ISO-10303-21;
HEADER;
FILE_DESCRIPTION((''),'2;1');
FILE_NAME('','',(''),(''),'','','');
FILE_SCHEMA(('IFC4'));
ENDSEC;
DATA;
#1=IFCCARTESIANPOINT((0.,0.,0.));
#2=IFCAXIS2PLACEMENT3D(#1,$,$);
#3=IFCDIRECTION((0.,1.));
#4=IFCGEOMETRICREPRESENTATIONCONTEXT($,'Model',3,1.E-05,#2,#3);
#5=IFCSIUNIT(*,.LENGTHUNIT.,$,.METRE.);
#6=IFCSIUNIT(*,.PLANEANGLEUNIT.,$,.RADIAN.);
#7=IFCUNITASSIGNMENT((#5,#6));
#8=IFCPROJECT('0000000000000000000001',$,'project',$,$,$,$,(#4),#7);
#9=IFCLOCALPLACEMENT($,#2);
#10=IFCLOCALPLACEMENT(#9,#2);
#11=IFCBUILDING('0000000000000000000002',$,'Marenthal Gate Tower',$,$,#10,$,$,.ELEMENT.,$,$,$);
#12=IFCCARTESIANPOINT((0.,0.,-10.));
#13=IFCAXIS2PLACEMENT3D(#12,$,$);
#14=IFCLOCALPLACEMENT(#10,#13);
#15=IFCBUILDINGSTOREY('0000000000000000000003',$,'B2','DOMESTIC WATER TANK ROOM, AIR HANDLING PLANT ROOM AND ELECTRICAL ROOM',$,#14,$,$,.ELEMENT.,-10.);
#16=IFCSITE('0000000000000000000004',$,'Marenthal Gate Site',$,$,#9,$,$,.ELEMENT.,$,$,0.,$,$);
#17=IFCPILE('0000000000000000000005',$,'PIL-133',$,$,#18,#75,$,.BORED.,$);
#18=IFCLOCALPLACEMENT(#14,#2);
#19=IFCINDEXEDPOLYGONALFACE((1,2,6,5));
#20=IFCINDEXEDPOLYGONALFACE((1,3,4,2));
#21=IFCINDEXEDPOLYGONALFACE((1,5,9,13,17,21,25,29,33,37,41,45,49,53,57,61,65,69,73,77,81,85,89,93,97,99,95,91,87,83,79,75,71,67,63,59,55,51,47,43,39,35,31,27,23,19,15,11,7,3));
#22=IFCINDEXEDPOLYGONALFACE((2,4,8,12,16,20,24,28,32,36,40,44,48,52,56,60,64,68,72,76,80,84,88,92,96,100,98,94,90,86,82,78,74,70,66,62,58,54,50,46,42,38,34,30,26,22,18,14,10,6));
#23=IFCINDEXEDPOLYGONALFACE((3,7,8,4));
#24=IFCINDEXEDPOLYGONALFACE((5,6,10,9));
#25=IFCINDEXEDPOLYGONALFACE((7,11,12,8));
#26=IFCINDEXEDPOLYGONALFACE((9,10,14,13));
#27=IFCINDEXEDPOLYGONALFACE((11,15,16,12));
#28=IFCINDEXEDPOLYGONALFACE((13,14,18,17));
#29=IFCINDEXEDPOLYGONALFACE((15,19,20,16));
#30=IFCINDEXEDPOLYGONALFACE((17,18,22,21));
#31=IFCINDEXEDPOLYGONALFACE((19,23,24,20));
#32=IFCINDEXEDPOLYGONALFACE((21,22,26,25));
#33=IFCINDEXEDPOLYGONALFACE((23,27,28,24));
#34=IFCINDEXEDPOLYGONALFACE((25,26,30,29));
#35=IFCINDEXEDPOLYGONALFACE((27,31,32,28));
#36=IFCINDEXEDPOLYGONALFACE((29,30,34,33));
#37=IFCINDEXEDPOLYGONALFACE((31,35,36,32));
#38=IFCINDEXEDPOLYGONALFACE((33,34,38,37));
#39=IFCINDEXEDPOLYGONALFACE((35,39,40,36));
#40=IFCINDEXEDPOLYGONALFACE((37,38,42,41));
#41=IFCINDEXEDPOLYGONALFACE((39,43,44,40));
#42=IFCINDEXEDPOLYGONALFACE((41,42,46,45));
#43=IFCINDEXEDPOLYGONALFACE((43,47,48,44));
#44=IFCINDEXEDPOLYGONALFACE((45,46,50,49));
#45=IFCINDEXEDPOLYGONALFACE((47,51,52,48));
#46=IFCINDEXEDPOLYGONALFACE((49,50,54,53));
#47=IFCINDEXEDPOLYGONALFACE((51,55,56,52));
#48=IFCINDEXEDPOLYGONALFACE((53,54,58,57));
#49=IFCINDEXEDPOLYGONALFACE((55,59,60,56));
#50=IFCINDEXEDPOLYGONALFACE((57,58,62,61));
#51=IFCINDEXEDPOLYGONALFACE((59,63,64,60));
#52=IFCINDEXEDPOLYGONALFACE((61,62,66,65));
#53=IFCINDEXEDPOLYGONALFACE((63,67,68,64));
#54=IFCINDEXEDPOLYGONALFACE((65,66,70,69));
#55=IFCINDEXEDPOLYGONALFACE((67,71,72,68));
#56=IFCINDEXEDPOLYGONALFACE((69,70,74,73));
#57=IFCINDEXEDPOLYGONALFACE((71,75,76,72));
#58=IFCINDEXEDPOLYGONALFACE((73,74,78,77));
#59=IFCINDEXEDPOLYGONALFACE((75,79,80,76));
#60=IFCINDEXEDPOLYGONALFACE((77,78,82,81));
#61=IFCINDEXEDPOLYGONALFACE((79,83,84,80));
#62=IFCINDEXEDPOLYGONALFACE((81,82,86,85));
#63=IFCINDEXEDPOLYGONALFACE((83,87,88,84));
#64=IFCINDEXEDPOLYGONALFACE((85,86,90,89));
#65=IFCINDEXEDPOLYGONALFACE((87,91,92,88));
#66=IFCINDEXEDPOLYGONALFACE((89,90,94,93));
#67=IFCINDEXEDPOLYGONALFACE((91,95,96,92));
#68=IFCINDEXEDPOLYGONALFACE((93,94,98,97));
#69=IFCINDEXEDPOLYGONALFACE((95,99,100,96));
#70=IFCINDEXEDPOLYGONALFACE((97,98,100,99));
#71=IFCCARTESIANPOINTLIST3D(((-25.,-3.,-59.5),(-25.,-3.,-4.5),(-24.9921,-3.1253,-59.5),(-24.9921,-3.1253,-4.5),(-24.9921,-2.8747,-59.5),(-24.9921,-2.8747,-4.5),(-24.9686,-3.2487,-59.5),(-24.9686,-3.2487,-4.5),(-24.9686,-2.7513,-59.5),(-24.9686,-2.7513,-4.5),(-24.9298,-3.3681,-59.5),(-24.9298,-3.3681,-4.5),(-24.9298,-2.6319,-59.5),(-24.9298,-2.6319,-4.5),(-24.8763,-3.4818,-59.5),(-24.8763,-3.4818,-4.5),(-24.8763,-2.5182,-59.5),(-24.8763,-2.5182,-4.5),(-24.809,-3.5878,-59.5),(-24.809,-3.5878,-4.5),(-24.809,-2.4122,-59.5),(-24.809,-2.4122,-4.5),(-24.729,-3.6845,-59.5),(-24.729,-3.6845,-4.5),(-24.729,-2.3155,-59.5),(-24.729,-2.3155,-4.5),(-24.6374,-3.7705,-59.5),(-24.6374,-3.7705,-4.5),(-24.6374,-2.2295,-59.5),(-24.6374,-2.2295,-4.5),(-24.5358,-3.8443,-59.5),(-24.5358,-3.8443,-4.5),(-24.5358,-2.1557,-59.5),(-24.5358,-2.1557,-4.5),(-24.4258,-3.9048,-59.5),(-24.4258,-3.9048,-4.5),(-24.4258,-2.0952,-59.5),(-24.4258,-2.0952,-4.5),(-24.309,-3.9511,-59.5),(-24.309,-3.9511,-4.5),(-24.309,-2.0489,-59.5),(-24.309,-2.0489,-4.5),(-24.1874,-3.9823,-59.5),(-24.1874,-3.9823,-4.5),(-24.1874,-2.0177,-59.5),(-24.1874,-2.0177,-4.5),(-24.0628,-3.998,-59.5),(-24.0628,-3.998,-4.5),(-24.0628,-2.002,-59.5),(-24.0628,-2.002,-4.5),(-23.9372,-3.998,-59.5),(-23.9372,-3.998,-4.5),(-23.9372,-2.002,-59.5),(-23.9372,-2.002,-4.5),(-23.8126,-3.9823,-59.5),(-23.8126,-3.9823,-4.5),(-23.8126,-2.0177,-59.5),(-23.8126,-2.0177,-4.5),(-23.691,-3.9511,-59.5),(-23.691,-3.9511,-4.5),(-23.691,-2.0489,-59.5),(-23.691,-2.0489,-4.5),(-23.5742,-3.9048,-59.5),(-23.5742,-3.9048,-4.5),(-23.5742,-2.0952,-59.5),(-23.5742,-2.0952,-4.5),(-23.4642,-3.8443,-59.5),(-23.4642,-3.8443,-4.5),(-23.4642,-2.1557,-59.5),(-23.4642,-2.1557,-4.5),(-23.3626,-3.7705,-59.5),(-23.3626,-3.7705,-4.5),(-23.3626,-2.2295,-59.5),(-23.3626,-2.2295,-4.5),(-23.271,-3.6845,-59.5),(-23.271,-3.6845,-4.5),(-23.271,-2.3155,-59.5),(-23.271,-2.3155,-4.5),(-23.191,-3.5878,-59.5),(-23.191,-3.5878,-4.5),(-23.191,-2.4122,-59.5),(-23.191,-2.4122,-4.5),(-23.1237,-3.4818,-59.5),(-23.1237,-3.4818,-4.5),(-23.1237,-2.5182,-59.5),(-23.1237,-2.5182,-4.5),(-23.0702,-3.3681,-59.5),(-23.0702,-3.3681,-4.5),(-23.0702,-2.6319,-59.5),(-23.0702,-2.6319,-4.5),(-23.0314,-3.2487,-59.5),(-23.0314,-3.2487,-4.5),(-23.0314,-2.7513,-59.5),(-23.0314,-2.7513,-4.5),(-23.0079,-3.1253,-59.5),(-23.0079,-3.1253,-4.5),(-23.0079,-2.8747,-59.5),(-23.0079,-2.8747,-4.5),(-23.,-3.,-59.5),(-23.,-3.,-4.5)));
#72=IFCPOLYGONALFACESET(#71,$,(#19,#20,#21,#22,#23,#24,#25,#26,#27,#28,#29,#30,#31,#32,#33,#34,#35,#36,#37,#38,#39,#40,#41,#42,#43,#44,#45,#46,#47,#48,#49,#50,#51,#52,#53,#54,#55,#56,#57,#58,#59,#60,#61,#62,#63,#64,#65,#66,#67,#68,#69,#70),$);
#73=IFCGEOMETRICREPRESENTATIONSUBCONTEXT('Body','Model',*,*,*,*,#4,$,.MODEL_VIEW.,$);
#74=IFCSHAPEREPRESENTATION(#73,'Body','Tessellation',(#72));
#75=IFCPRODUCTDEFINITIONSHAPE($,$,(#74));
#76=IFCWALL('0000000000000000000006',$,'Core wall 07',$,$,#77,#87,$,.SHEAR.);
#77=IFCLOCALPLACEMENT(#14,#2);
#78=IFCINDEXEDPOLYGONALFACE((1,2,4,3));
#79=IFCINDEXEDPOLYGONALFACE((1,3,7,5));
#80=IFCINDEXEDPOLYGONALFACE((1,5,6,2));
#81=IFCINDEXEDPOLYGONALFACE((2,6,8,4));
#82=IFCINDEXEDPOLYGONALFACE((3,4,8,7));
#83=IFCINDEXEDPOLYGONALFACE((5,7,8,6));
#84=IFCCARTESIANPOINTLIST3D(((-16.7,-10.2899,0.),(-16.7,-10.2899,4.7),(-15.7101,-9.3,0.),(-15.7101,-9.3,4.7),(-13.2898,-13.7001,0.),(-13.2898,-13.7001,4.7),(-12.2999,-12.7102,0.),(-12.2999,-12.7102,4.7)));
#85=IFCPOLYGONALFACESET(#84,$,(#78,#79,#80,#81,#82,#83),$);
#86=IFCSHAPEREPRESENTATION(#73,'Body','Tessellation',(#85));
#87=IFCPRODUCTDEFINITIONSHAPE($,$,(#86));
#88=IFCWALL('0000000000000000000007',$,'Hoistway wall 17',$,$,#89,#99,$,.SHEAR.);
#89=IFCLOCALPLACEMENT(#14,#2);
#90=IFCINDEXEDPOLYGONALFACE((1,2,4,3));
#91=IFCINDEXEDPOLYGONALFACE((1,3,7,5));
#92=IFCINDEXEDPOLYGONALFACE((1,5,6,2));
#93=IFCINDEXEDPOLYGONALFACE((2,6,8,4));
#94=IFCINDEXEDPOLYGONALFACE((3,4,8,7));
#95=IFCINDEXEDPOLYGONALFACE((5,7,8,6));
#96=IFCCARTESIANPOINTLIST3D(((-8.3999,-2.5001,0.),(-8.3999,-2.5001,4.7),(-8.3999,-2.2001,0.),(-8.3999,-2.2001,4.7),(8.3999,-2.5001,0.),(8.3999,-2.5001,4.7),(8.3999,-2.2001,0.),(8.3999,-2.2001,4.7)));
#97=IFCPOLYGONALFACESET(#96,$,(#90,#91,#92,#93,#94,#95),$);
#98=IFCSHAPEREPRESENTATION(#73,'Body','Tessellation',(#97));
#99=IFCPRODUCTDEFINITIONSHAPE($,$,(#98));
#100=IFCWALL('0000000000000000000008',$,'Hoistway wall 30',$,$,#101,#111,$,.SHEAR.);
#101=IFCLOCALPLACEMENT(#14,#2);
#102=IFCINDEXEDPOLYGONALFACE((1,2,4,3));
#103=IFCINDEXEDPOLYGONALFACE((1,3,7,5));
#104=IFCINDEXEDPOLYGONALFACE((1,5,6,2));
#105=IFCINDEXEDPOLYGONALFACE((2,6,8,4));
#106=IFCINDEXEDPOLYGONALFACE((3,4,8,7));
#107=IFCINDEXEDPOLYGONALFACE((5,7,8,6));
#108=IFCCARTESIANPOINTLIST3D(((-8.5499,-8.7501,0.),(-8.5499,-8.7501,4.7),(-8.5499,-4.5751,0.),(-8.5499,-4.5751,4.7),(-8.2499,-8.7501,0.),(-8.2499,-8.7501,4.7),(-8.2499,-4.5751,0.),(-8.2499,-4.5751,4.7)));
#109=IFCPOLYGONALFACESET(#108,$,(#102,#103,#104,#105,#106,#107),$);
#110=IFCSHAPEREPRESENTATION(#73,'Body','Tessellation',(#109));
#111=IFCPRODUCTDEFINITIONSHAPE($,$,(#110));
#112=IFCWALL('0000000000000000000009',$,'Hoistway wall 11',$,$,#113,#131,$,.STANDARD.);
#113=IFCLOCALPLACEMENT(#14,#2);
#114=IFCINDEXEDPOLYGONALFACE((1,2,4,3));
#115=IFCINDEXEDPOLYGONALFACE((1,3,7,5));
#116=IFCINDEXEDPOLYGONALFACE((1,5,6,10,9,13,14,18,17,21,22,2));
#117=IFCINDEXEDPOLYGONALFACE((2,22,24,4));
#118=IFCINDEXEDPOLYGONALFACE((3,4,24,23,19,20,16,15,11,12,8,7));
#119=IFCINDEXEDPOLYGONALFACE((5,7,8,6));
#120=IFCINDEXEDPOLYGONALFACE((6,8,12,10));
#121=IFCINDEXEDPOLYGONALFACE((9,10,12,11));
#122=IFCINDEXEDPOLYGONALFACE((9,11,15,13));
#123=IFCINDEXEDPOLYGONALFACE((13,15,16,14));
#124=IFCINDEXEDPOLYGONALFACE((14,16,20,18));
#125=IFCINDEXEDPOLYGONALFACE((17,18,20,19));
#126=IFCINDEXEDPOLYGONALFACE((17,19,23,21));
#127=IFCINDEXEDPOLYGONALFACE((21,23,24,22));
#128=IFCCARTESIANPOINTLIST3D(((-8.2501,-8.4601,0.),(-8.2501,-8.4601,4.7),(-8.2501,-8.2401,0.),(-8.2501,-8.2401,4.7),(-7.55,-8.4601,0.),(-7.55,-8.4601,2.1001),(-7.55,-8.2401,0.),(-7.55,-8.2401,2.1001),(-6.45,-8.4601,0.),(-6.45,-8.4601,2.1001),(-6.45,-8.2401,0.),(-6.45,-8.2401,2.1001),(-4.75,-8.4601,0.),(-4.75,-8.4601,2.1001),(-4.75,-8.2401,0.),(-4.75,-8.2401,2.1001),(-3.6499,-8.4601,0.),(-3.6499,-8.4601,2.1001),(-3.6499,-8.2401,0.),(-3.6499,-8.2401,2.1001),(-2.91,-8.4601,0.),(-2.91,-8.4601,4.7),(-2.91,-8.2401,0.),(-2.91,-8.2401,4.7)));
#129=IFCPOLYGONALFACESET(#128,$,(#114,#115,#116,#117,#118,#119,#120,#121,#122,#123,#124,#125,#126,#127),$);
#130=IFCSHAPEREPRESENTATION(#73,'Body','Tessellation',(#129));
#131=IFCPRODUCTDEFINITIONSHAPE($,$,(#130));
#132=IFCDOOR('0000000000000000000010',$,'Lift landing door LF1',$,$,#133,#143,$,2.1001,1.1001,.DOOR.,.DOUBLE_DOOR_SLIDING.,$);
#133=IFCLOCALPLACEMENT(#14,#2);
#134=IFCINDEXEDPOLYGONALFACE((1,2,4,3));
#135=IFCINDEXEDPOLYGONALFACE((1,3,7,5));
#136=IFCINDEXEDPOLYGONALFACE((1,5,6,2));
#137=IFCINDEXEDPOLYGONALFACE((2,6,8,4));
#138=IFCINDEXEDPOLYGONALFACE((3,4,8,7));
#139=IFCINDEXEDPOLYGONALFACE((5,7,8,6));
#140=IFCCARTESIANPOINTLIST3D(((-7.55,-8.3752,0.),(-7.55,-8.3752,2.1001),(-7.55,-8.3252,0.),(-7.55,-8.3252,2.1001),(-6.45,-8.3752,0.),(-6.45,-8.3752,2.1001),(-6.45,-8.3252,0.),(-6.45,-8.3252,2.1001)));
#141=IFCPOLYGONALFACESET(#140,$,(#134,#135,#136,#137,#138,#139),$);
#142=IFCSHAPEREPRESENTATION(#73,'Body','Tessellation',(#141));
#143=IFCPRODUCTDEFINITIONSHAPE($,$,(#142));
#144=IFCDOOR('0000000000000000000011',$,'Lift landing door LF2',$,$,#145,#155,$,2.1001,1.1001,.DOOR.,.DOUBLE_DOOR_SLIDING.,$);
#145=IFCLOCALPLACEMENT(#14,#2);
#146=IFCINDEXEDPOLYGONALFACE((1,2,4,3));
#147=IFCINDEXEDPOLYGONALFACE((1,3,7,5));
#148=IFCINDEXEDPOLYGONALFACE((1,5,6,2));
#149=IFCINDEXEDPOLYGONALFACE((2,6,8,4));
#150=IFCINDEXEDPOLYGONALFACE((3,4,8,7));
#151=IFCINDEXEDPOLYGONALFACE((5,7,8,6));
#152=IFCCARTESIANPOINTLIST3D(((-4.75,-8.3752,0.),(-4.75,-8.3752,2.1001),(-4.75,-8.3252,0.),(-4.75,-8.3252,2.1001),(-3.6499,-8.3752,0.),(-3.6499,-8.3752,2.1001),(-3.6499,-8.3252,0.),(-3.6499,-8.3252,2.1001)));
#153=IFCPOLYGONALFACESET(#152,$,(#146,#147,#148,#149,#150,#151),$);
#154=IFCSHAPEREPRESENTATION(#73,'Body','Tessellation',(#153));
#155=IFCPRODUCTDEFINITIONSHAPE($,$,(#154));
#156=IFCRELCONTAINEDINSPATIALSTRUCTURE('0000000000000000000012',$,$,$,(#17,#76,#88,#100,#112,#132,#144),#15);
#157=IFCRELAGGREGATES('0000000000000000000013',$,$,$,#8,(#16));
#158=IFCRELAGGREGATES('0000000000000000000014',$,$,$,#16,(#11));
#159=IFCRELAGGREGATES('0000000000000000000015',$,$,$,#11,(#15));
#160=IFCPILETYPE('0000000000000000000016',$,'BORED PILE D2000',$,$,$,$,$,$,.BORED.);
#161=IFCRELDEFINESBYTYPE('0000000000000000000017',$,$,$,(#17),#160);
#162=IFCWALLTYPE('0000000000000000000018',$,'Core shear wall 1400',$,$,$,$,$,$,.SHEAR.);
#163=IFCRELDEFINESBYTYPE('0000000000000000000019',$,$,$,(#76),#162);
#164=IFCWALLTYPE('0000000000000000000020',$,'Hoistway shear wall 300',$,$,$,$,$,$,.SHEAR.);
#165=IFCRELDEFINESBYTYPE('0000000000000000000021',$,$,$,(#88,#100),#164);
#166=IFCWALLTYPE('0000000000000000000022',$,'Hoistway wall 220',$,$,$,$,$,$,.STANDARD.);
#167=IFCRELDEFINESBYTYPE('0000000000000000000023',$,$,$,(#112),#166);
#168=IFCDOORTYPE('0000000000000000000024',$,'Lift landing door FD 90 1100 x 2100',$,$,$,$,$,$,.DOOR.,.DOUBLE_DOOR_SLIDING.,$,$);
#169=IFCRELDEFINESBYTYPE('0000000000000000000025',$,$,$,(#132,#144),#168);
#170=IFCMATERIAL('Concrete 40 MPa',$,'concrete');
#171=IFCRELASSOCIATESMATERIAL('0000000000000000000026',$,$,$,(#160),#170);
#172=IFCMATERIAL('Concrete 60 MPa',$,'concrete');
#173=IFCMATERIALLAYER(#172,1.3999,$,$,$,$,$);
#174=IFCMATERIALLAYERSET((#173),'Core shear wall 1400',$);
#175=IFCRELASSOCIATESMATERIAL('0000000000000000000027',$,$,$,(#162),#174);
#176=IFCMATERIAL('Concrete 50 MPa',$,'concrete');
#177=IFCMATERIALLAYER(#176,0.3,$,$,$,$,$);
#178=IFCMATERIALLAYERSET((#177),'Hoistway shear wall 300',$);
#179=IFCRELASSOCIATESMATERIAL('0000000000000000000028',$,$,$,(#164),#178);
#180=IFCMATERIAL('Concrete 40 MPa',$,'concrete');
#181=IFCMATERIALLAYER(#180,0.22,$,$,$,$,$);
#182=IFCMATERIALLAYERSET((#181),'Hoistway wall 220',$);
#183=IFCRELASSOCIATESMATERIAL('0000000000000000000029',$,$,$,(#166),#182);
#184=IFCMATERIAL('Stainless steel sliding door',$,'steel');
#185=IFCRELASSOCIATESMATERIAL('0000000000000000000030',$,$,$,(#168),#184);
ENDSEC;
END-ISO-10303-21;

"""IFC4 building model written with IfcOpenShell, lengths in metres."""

from ifc_helpers import new_model, si_unit, direction, frame, frame_2d, origin, origin_2d, place, context, subcontext, project, spatial, rectangle, circle, extrude, material, layer, layer_set, type_object, element, fill, save


model = new_model("IFC4")

# Units and contexts
model_context = context("Model", 3, precision=1e-05, world=origin(), true_north=direction((0.0, 1.0)))
body_context = subcontext(model_context, "Body", "Model", "MODEL_VIEW")
ifc_project = project(units=[si_unit("LENGTHUNIT", "METRE"), si_unit("PLANEANGLEUNIT", "RADIAN")], contexts=[model_context])

# Site, building, storey
site_placement = place(None, origin())
site = spatial("IfcSite", under=ifc_project, at=site_placement, Name="Marenthal Gate Site", CompositionType="ELEMENT", RefElevation=0.0)
building_placement = place(site_placement, origin())
building = spatial("IfcBuilding", under=site, at=building_placement, Name="Marenthal Gate Tower", CompositionType="ELEMENT")
storey_placement = place(building_placement, frame((0.0, 0.0, -10.0)))
storey = spatial("IfcBuildingStorey", under=building, at=storey_placement, Name="B2", Description="DOMESTIC WATER TANK ROOM, AIR HANDLING PLANT ROOM AND ELECTRICAL ROOM", CompositionType="ELEMENT", Elevation=-10.0)

# Pile
ifc_material_1 = material(Name="Concrete 40 MPa", Category="concrete")
pile_type = type_object("IfcPileType", Name="BORED PILE D2000", PredefinedType="BORED", material=ifc_material_1)
for number, where, z_axis, x_axis, name in (
    (1, (-24.0, -3.0, -4.5), (0.0, 0.0, -1.0), (1.0, 0.0, 0.0), "PIL-133"),
):
    element("IfcPile", number, at=place(storey_placement, frame(where, z_axis=z_axis, x_axis=x_axis)), inside=storey, type_object=pile_type, Name=name, PredefinedType="BORED", context=body_context, shape_type="SweptSolid", body=[
        extrude(circle(Radius=1.0, at=origin_2d()), origin(), (0.0, 0.0, 1.0), 55.0),
    ])

# Walls
ifc_material_2 = material(Name="Concrete 60 MPa", Category="concrete")
ifc_layer_1 = layer(ifc_material_2, 1.3999)
ifc_layer_set_1 = layer_set([ifc_layer_1], Name="Core shear wall 1400")
wall_type_1 = type_object("IfcWallType", Name="Core shear wall 1400", PredefinedType="SHEAR", material=ifc_layer_set_1)
wall_1_placement = place(storey_placement, frame((-16.2051, -9.7949, 0.0), z_axis=(0.0, 0.0, 1.0), x_axis=(0.707107, -0.707107, 0.0)))
element("IfcWall", 2, at=wall_1_placement, inside=storey, type_object=wall_type_1, Name="Core wall 07", PredefinedType="SHEAR", context=body_context, shape_type="SweptSolid", body=[
    extrude(rectangle(XDim=4.8228, YDim=1.3999, at=frame_2d((2.4114, 0.0))), origin(), (0.0, 0.0, 1.0), 4.7),
])
ifc_material_3 = material(Name="Concrete 50 MPa", Category="concrete")
ifc_layer_2 = layer(ifc_material_3, 0.3)
ifc_layer_set_2 = layer_set([ifc_layer_2], Name="Hoistway shear wall 300")
wall_type_2 = type_object("IfcWallType", Name="Hoistway shear wall 300", PredefinedType="SHEAR", material=ifc_layer_set_2)
wall_2_placement = place(storey_placement, frame((-8.3999, -2.3501, 0.0), z_axis=(0.0, 0.0, 1.0), x_axis=(1.0, 0.0, 0.0)))
element("IfcWall", 3, at=wall_2_placement, inside=storey, type_object=wall_type_2, Name="Hoistway wall 17", PredefinedType="SHEAR", context=body_context, shape_type="SweptSolid", body=[
    extrude(rectangle(XDim=16.7998, YDim=0.3, at=frame_2d((8.3999, 0.0))), origin(), (0.0, 0.0, 1.0), 4.7),
])
wall_3_placement = place(storey_placement, frame((-8.3999, -8.75, 0.0), z_axis=(0.0, 0.0, 1.0), x_axis=(0.0, 1.0, 0.0)))
element("IfcWall", 4, at=wall_3_placement, inside=storey, type_object=wall_type_2, Name="Hoistway wall 30", PredefinedType="SHEAR", context=body_context, shape_type="SweptSolid", body=[
    extrude(rectangle(XDim=4.175, YDim=0.3, at=frame_2d((2.0874, 0.0))), origin(), (0.0, 0.0, 1.0), 4.7),
])

# Wall, openings, doors
ifc_material_4 = material(Name="Concrete 40 MPa", Category="concrete")
ifc_layer_3 = layer(ifc_material_4, 0.22)
ifc_layer_set_3 = layer_set([ifc_layer_3], Name="Hoistway wall 220")
wall_type_3 = type_object("IfcWallType", Name="Hoistway wall 220", PredefinedType="STANDARD", material=ifc_layer_set_3)
wall_4_placement = place(storey_placement, frame((-8.25, -8.3501, 0.0), z_axis=(0.0, 0.0, 1.0), x_axis=(1.0, 0.0, 0.0)))
wall_4 = element("IfcWall", 5, at=wall_4_placement, inside=storey, type_object=wall_type_3, Name="Hoistway wall 11", PredefinedType="STANDARD", context=body_context, shape_type="SweptSolid", body=[
    extrude(rectangle(XDim=5.3401, YDim=0.22, at=frame_2d((2.6699, 0.0))), origin(), (0.0, 0.0, 1.0), 4.7),
])
opening_1_placement = place(wall_4_placement, frame((0.7, 0.0, 0.0)))
opening_1 = element("IfcOpeningElement", 6, at=opening_1_placement, cuts=wall_4, PredefinedType="OPENING", context=body_context, shape_type="SweptSolid", body=[
    extrude(rectangle(XDim=1.1001, YDim=2.1001, at=frame_2d((0.55, 1.05))), frame((0.0, 0.1201, 0.0), z_axis=(0.0, -1.0, 0.0), x_axis=(1.0, 0.0, 0.0)), (0.0, 0.0, 1.0), 0.24),
])
opening_2_placement = place(wall_4_placement, frame((3.5, 0.0, 0.0)))
opening_2 = element("IfcOpeningElement", 7, at=opening_2_placement, cuts=wall_4, PredefinedType="OPENING", context=body_context, shape_type="SweptSolid", body=[
    extrude(rectangle(XDim=1.1001, YDim=2.1001, at=frame_2d((0.55, 1.05))), frame((0.0, 0.1201, 0.0), z_axis=(0.0, -1.0, 0.0), x_axis=(1.0, 0.0, 0.0)), (0.0, 0.0, 1.0), 0.24),
])
ifc_material_5 = material(Name="Stainless steel sliding door", Category="steel")
door_type_1 = type_object("IfcDoorType", Name="Lift landing door FD 90 1100 x 2100", OperationType="DOUBLE_DOOR_SLIDING", PredefinedType="DOOR", material=ifc_material_5)
door_1_placement = place(opening_1_placement, origin())
door_1 = element("IfcDoor", 8, at=door_1_placement, inside=storey, type_object=door_type_1, Name="Lift landing door LF1", OperationType="DOUBLE_DOOR_SLIDING", OverallHeight=2.1001, OverallWidth=1.1001, PredefinedType="DOOR", context=body_context, shape_type="SweptSolid", body=[
    extrude(rectangle(XDim=1.1001, YDim=2.1001, at=frame_2d((0.55, 1.05))), frame((0.0, 0.0249, 0.0), z_axis=(0.0, -1.0, 0.0), x_axis=(1.0, 0.0, 0.0)), (0.0, 0.0, 1.0), 0.05),
])
fill(opening_1, door_1)
door_2_placement = place(opening_2_placement, origin())
door_2 = element("IfcDoor", 9, at=door_2_placement, inside=storey, type_object=door_type_1, Name="Lift landing door LF2", OperationType="DOUBLE_DOOR_SLIDING", OverallHeight=2.1001, OverallWidth=1.1001, PredefinedType="DOOR", context=body_context, shape_type="SweptSolid", body=[
    extrude(rectangle(XDim=1.1001, YDim=2.1001, at=frame_2d((0.55, 1.05))), frame((0.0, 0.0249, 0.0), z_axis=(0.0, -1.0, 0.0), x_axis=(1.0, 0.0, 0.0)), (0.0, 0.0, 1.0), 0.05),
])
fill(opening_2, door_2)

save(model, "model.ifc")
